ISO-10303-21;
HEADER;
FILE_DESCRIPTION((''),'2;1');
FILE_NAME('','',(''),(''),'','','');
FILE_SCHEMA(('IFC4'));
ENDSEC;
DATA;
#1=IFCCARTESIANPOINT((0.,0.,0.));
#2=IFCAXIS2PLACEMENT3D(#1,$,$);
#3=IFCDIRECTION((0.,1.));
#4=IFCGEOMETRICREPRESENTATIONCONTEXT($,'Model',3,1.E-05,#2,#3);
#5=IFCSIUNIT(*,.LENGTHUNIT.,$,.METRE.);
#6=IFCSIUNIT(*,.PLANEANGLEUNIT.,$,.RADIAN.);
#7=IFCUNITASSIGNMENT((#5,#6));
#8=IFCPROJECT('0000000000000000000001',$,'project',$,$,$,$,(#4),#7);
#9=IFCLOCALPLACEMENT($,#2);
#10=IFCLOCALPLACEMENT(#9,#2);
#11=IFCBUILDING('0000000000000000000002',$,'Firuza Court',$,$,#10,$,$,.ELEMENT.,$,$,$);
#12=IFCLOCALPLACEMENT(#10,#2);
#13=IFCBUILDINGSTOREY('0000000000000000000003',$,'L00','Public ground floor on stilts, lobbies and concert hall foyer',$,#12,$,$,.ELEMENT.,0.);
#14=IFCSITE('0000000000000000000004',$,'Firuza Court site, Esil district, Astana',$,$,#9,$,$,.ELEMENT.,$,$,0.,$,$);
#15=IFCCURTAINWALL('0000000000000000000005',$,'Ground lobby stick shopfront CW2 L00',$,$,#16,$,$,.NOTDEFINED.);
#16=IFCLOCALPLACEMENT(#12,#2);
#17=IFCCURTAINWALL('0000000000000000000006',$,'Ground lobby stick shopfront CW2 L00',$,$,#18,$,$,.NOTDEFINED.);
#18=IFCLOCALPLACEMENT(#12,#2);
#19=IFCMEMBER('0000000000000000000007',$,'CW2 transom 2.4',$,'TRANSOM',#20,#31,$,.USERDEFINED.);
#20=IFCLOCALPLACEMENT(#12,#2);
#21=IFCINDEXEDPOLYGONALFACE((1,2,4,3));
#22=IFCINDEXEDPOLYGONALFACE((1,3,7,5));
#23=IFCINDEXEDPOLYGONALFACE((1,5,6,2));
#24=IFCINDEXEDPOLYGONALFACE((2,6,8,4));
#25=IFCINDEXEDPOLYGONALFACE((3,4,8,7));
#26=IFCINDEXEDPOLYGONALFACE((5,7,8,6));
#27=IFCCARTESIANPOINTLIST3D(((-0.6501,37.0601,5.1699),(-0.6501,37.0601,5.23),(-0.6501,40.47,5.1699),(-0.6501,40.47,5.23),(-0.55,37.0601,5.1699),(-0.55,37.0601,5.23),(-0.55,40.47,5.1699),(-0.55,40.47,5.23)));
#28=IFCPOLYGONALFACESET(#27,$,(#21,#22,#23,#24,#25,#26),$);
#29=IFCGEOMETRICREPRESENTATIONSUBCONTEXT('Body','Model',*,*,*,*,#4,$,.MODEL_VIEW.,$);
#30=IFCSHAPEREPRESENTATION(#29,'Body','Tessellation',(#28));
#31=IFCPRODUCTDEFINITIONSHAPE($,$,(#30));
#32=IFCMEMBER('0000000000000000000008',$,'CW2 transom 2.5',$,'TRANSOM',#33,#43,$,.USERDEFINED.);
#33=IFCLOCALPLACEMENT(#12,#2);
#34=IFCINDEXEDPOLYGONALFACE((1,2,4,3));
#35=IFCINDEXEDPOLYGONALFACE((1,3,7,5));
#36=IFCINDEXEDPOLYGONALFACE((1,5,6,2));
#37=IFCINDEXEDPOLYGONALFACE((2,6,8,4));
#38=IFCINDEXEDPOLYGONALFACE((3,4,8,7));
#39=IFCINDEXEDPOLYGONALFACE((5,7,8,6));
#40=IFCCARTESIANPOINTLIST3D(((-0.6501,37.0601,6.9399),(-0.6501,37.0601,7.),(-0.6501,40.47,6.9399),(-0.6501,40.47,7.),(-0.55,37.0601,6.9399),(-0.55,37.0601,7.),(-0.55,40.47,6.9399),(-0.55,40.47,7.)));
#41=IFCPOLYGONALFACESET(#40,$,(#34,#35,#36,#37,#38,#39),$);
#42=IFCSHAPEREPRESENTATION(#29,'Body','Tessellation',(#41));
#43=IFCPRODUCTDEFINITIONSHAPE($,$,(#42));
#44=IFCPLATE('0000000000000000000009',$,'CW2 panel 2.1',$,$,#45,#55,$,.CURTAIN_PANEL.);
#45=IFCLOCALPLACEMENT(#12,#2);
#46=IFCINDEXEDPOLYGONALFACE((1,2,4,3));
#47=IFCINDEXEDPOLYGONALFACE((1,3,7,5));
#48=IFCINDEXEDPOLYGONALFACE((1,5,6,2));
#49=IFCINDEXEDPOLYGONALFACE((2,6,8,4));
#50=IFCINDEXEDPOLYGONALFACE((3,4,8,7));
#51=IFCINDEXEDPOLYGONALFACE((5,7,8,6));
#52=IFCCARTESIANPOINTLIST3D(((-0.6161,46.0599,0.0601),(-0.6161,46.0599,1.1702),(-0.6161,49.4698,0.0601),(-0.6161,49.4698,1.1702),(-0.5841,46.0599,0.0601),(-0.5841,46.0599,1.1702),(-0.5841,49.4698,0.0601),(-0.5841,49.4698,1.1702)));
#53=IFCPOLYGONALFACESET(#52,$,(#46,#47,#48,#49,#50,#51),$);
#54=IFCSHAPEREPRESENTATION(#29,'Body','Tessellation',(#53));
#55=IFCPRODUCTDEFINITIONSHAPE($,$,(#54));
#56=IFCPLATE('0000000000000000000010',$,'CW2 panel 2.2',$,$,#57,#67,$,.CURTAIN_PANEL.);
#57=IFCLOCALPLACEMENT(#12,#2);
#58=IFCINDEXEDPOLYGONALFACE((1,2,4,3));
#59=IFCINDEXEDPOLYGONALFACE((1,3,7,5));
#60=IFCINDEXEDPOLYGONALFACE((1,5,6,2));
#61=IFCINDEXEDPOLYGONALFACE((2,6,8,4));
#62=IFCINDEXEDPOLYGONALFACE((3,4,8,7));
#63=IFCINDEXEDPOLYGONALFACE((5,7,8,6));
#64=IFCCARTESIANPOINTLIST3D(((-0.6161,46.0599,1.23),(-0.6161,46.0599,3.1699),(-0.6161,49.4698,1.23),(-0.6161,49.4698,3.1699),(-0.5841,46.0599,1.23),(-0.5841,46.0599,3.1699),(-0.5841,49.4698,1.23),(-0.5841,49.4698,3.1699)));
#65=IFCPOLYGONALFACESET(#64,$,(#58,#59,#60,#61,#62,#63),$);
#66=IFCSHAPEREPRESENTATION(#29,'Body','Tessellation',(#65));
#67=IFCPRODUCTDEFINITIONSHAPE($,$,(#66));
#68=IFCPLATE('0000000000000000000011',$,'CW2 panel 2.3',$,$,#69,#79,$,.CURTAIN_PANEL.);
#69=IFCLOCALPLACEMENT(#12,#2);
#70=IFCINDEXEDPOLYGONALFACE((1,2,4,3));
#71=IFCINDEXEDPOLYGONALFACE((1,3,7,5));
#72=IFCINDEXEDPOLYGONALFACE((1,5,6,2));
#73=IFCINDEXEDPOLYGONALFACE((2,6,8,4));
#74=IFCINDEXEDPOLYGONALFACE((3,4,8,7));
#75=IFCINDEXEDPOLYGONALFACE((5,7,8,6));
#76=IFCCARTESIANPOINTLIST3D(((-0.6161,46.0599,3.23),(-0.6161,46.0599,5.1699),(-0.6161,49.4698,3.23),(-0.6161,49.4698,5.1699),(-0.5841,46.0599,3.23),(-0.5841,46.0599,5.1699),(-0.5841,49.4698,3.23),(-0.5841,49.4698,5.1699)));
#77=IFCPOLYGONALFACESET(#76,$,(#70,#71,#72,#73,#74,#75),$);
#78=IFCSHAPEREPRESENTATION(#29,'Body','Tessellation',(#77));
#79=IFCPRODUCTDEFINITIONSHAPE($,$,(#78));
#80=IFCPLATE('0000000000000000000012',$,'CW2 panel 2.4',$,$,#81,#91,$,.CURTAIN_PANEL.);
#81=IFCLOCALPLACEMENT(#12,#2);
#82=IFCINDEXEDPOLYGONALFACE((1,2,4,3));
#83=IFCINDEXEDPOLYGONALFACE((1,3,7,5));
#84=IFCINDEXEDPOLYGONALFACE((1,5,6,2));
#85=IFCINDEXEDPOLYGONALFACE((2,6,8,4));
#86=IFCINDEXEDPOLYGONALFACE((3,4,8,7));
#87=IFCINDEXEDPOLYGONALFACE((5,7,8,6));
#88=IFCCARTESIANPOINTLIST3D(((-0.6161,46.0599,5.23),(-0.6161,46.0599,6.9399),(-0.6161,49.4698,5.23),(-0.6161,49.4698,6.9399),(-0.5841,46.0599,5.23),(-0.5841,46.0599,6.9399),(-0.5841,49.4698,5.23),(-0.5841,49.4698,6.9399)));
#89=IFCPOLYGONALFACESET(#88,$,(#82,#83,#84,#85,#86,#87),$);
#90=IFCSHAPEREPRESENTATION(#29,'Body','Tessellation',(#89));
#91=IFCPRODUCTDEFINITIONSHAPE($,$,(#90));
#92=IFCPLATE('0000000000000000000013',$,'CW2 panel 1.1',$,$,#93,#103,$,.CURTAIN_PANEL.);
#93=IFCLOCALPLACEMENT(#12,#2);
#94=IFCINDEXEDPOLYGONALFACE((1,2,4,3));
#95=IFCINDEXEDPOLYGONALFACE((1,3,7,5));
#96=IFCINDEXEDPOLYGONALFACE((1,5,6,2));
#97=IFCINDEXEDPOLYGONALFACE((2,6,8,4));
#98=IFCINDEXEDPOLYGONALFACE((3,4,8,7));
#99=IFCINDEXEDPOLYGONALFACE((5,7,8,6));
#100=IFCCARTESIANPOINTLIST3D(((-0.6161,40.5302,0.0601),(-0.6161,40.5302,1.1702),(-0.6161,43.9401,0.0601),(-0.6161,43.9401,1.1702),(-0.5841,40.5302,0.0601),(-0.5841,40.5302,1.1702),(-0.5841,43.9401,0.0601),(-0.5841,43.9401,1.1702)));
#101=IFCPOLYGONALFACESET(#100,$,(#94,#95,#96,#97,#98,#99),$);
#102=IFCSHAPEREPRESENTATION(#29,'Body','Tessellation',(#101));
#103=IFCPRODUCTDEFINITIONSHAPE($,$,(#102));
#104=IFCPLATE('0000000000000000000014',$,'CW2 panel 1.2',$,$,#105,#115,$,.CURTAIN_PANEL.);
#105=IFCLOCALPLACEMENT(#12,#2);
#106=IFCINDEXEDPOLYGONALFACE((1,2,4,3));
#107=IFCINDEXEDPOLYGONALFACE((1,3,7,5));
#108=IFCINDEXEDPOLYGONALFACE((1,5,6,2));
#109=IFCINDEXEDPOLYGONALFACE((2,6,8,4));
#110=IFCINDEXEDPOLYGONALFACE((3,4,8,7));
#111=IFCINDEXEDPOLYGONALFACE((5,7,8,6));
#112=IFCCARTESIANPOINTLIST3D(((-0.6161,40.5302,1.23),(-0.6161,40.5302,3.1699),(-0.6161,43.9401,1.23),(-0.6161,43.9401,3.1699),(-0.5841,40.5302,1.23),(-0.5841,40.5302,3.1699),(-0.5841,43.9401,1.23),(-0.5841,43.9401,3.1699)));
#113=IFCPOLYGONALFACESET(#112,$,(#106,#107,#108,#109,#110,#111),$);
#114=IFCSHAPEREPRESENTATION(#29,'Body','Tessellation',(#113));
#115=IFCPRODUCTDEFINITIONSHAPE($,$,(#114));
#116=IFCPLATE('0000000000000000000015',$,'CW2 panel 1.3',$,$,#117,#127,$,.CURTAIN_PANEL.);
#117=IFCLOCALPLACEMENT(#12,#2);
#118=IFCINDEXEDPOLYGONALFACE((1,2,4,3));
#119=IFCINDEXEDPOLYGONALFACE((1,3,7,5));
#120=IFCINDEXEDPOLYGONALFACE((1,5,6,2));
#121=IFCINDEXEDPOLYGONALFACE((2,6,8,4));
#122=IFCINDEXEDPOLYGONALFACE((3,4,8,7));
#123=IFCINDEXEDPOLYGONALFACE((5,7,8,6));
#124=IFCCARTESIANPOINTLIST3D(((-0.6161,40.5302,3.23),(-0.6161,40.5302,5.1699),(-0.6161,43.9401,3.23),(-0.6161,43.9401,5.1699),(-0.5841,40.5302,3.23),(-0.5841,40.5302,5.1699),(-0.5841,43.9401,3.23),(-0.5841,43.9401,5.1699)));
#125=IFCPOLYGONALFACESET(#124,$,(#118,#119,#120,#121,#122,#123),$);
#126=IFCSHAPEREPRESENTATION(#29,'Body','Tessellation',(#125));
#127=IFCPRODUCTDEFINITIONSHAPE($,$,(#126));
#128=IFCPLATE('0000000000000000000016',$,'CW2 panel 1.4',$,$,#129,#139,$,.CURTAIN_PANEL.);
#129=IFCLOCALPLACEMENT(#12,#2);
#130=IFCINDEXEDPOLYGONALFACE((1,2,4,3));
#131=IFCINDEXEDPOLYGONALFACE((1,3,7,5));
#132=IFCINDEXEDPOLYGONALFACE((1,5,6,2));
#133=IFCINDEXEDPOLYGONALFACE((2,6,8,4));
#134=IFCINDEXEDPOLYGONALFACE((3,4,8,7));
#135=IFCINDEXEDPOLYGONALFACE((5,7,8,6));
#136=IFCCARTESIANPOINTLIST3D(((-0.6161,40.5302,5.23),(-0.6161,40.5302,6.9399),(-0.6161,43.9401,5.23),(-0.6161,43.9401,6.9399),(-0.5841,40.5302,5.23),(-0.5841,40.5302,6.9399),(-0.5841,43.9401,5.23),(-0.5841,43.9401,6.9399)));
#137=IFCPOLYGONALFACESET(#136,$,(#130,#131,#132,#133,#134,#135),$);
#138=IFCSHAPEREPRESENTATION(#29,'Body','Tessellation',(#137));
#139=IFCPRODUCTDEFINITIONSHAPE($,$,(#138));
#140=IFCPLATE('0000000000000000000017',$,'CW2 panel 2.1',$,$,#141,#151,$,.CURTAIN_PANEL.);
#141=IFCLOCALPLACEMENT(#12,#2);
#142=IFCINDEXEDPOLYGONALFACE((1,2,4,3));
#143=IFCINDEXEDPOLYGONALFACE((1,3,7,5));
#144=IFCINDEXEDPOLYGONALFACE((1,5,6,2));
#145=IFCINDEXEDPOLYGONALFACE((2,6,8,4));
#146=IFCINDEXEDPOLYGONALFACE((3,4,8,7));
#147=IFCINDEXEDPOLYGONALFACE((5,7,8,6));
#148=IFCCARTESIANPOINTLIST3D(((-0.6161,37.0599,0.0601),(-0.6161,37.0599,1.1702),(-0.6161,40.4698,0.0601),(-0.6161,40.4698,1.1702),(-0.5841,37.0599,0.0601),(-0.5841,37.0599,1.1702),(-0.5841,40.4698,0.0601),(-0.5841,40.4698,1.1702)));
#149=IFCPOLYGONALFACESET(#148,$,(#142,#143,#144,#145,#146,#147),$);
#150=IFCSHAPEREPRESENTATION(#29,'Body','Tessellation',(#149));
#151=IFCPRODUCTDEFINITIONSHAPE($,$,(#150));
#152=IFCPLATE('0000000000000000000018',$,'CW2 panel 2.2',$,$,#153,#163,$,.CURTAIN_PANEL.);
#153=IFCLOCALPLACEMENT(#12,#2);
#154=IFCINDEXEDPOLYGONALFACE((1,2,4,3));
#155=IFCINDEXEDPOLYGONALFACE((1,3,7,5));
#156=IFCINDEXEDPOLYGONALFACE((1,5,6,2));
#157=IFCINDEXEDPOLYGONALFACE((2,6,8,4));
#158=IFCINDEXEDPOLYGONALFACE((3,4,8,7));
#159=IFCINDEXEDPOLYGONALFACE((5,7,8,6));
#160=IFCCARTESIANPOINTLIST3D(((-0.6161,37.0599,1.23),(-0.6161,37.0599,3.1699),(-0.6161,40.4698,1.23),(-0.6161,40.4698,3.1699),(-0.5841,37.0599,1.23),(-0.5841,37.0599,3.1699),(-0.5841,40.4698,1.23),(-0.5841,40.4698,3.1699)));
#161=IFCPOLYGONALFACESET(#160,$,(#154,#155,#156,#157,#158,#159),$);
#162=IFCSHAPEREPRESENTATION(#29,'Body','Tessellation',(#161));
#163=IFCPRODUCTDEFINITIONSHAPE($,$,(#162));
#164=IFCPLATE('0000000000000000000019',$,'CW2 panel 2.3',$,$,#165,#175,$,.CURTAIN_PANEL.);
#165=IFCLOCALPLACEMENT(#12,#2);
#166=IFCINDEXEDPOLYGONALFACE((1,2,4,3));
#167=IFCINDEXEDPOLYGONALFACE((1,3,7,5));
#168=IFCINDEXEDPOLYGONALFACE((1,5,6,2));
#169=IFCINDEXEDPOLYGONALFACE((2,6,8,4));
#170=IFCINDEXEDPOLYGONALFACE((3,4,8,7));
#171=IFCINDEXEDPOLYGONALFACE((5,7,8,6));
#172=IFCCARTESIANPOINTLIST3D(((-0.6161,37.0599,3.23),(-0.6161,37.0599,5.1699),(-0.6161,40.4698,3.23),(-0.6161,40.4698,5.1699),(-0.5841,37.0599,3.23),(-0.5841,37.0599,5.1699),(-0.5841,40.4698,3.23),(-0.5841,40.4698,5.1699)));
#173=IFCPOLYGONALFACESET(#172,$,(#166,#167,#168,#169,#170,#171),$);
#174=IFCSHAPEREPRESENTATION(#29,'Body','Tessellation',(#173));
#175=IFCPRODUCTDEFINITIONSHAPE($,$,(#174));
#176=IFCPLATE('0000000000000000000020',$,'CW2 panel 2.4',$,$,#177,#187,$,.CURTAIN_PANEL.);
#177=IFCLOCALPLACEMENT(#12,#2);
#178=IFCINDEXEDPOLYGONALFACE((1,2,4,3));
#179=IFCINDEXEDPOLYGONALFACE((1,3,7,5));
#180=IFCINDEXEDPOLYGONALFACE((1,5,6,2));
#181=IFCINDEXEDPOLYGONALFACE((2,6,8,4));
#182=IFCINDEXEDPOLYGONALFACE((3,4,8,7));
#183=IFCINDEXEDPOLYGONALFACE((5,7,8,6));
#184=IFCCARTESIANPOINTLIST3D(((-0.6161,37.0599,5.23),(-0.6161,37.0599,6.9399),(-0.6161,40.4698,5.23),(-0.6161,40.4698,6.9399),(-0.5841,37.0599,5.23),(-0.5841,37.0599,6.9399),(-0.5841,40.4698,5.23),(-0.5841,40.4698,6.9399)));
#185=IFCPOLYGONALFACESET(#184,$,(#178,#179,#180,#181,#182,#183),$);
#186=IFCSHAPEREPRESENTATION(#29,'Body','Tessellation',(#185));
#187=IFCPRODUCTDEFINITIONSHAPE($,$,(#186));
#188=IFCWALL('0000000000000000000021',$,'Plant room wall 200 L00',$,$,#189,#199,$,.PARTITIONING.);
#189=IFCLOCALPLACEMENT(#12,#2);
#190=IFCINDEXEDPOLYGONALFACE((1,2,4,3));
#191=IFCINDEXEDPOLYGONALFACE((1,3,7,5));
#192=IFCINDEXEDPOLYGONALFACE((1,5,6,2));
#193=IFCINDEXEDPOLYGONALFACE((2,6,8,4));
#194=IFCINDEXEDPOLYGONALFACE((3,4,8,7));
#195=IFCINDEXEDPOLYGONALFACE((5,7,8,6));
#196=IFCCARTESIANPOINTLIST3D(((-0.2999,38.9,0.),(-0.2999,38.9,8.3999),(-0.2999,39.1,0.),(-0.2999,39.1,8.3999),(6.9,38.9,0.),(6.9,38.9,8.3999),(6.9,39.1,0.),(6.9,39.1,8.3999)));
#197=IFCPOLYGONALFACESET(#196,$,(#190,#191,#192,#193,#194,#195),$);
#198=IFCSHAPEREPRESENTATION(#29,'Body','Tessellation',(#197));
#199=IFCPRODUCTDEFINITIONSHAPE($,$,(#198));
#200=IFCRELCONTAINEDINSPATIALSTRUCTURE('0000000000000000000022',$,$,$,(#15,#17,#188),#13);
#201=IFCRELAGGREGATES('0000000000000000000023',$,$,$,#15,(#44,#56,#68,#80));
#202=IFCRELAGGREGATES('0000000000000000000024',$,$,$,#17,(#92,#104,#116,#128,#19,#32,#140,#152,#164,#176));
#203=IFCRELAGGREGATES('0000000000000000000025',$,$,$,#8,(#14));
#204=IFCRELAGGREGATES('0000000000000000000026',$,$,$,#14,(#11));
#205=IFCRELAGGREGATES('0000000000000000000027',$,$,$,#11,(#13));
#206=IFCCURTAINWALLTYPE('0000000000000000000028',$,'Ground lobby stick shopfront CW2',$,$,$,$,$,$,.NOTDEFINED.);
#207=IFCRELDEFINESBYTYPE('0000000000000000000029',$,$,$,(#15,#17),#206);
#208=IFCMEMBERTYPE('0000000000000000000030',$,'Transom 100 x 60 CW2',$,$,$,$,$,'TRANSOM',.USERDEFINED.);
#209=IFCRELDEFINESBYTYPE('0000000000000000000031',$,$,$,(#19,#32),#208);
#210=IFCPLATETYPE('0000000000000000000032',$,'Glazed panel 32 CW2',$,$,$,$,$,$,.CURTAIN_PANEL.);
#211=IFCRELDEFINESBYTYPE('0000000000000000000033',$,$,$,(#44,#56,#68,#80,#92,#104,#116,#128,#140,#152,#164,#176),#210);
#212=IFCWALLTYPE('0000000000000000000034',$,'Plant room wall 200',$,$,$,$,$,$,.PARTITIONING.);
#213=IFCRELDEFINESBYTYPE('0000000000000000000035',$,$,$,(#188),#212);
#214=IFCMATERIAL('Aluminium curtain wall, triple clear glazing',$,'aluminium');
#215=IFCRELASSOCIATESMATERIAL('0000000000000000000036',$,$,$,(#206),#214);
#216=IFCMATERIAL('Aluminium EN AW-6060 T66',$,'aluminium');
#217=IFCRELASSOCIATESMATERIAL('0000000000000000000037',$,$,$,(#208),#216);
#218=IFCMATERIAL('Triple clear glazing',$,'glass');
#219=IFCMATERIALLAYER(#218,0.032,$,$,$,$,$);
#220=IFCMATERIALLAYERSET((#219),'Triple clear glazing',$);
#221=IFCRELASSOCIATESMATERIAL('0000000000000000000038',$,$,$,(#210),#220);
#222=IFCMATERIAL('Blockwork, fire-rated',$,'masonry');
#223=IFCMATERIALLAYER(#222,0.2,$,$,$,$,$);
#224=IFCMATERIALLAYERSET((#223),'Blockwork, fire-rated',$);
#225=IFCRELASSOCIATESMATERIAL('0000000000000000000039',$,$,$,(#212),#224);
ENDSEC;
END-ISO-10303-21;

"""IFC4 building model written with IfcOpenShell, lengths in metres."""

from ifc_helpers import new_model, si_unit, direction, frame, frame_2d, origin, origin_2d, place, context, subcontext, project, spatial, rectangle, extrude, material, layer, layer_set, material_profile, profile_set, type_object, element, aggregate, save


model = new_model("IFC4")

# Units and contexts
model_context = context("Model", 3, precision=1e-05, world=origin(), true_north=direction((0.0, 1.0)))
body_context = subcontext(model_context, "Body", "Model", "MODEL_VIEW")
ifc_project = project(units=[si_unit("LENGTHUNIT", "METRE"), si_unit("PLANEANGLEUNIT", "RADIAN")], contexts=[model_context])

# Site, building, storey
site_placement = place(None, origin())
site = spatial("IfcSite", under=ifc_project, at=site_placement, Name="Firuza Court site, Esil district, Astana", CompositionType="ELEMENT", RefElevation=0.0)
building_placement = place(site_placement, origin())
building = spatial("IfcBuilding", under=site, at=building_placement, Name="Firuza Court", CompositionType="ELEMENT")
storey_placement = place(building_placement, origin())
storey = spatial("IfcBuildingStorey", under=building, at=storey_placement, Name="L00", Description="Public ground floor on stilts, lobbies and concert hall foyer", CompositionType="ELEMENT", Elevation=0.0)

# Curtain wall
ifc_material_1 = material(Name="Aluminium curtain wall, triple clear glazing", Category="aluminium")
curtain_wall_type = type_object("IfcCurtainWallType", Name="Ground lobby stick shopfront CW2", PredefinedType="NOTDEFINED", material=ifc_material_1)
curtain_wall_1_placement = place(storey_placement, origin())
curtain_wall_1 = element("IfcCurtainWall", 1, at=curtain_wall_1_placement, inside=storey, type_object=curtain_wall_type, Name="Ground lobby stick shopfront CW2 L00", PredefinedType="NOTDEFINED")

# Curtain wall
curtain_wall_2_placement = place(storey_placement, origin())
curtain_wall_2 = element("IfcCurtainWall", 2, at=curtain_wall_2_placement, inside=storey, type_object=curtain_wall_type, Name="Ground lobby stick shopfront CW2 L00", PredefinedType="NOTDEFINED")

# Members
ifc_material_2 = material(Name="Aluminium EN AW-6060 T66", Category="aluminium")
ifc_material_profile_1 = material_profile(ifc_material_2, rectangle(XDim=0.1001, YDim=0.0601, at=origin_2d()), Name="Transom 100 x 60 CW2")
ifc_profile_set_1 = profile_set([ifc_material_profile_1], Name="Aluminium EN AW-6060 T66")
member_type_1 = type_object("IfcMemberType", Name="Transom 100 x 60 CW2", ElementType="TRANSOM", PredefinedType="USERDEFINED", material=ifc_profile_set_1)
member_1_placement = place(storey_placement, frame((-0.6001, 40.47, 5.2), z_axis=(0.0, -1.0, 0.0), x_axis=(1.0, 0.0, 0.0)))
member_1 = element("IfcMember", 3, at=member_1_placement, type_object=member_type_1, Name="CW2 transom 2.4", ObjectType="TRANSOM", PredefinedType="USERDEFINED", context=body_context, shape_type="SweptSolid", body=[
    extrude(rectangle(XDim=0.1001, YDim=0.0601, at=origin_2d()), origin(), (0.0, 0.0, 1.0), 3.4099),
])
member_2_placement = place(storey_placement, frame((-0.6001, 40.47, 6.97), z_axis=(0.0, -1.0, 0.0), x_axis=(1.0, 0.0, 0.0)))
member_2 = element("IfcMember", 4, at=member_2_placement, type_object=member_type_1, Name="CW2 transom 2.5", ObjectType="TRANSOM", PredefinedType="USERDEFINED", context=body_context, shape_type="SweptSolid", body=[
    extrude(rectangle(XDim=0.1001, YDim=0.0601, at=origin_2d()), origin(), (0.0, 0.0, 1.0), 3.4099),
])

# Plates
ifc_material_3 = material(Name="Triple clear glazing", Category="glass")
ifc_layer_1 = layer(ifc_material_3, 0.032)
ifc_layer_set_1 = layer_set([ifc_layer_1], Name="Triple clear glazing")
plate_type = type_object("IfcPlateType", Name="Glazed panel 32 CW2", PredefinedType="CURTAIN_PANEL", material=ifc_layer_set_1)
plate_1_placement = place(storey_placement, frame((-0.6001, 47.7649, 0.0601), z_axis=(0.0, 0.0, 1.0), x_axis=(0.0, -1.0, 0.0)))
plate_1 = element("IfcPlate", 5, at=plate_1_placement, type_object=plate_type, Name="CW2 panel 2.1", PredefinedType="CURTAIN_PANEL", context=body_context, shape_type="SweptSolid", body=[
    extrude(rectangle(XDim=3.4099, YDim=0.032, at=origin_2d()), origin(), (0.0, 0.0, 1.0), 1.1101),
])
plate_2_placement = place(storey_placement, frame((-0.6001, 47.7649, 1.23), z_axis=(0.0, 0.0, 1.0), x_axis=(0.0, -1.0, 0.0)))
plate_2 = element("IfcPlate", 6, at=plate_2_placement, type_object=plate_type, Name="CW2 panel 2.2", PredefinedType="CURTAIN_PANEL", context=body_context, shape_type="SweptSolid", body=[
    extrude(rectangle(XDim=3.4099, YDim=0.032, at=origin_2d()), origin(), (0.0, 0.0, 1.0), 1.9399),
])
plate_3_placement = place(storey_placement, frame((-0.6001, 47.7649, 3.23), z_axis=(0.0, 0.0, 1.0), x_axis=(0.0, -1.0, 0.0)))
plate_3 = element("IfcPlate", 7, at=plate_3_placement, type_object=plate_type, Name="CW2 panel 2.3", PredefinedType="CURTAIN_PANEL", context=body_context, shape_type="SweptSolid", body=[
    extrude(rectangle(XDim=3.4099, YDim=0.032, at=origin_2d()), origin(), (0.0, 0.0, 1.0), 1.9399),
])
plate_4_placement = place(storey_placement, frame((-0.6001, 47.7649, 5.23), z_axis=(0.0, 0.0, 1.0), x_axis=(0.0, -1.0, 0.0)))
plate_4 = element("IfcPlate", 8, at=plate_4_placement, type_object=plate_type, Name="CW2 panel 2.4", PredefinedType="CURTAIN_PANEL", context=body_context, shape_type="SweptSolid", body=[
    extrude(rectangle(XDim=3.4099, YDim=0.032, at=origin_2d()), origin(), (0.0, 0.0, 1.0), 1.71),
])
aggregate(curtain_wall_1, [plate_1, plate_2, plate_3, plate_4])
plate_5_placement = place(storey_placement, frame((-0.6001, 42.2351, 0.0601), z_axis=(0.0, 0.0, 1.0), x_axis=(0.0, -1.0, 0.0)))
plate_5 = element("IfcPlate", 9, at=plate_5_placement, type_object=plate_type, Name="CW2 panel 1.1", PredefinedType="CURTAIN_PANEL", context=body_context, shape_type="SweptSolid", body=[
    extrude(rectangle(XDim=3.4099, YDim=0.032, at=origin_2d()), origin(), (0.0, 0.0, 1.0), 1.1101),
])
plate_6_placement = place(storey_placement, frame((-0.6001, 42.2351, 1.23), z_axis=(0.0, 0.0, 1.0), x_axis=(0.0, -1.0, 0.0)))
plate_6 = element("IfcPlate", 10, at=plate_6_placement, type_object=plate_type, Name="CW2 panel 1.2", PredefinedType="CURTAIN_PANEL", context=body_context, shape_type="SweptSolid", body=[
    extrude(rectangle(XDim=3.4099, YDim=0.032, at=origin_2d()), origin(), (0.0, 0.0, 1.0), 1.9399),
])
plate_7_placement = place(storey_placement, frame((-0.6001, 42.2351, 3.23), z_axis=(0.0, 0.0, 1.0), x_axis=(0.0, -1.0, 0.0)))
plate_7 = element("IfcPlate", 11, at=plate_7_placement, type_object=plate_type, Name="CW2 panel 1.3", PredefinedType="CURTAIN_PANEL", context=body_context, shape_type="SweptSolid", body=[
    extrude(rectangle(XDim=3.4099, YDim=0.032, at=origin_2d()), origin(), (0.0, 0.0, 1.0), 1.9399),
])
plate_8_placement = place(storey_placement, frame((-0.6001, 42.2351, 5.23), z_axis=(0.0, 0.0, 1.0), x_axis=(0.0, -1.0, 0.0)))
plate_8 = element("IfcPlate", 12, at=plate_8_placement, type_object=plate_type, Name="CW2 panel 1.4", PredefinedType="CURTAIN_PANEL", context=body_context, shape_type="SweptSolid", body=[
    extrude(rectangle(XDim=3.4099, YDim=0.032, at=origin_2d()), origin(), (0.0, 0.0, 1.0), 1.71),
])
plate_9_placement = place(storey_placement, frame((-0.6001, 38.7649, 0.0601), z_axis=(0.0, 0.0, 1.0), x_axis=(0.0, -1.0, 0.0)))
plate_9 = element("IfcPlate", 13, at=plate_9_placement, type_object=plate_type, Name="CW2 panel 2.1", PredefinedType="CURTAIN_PANEL", context=body_context, shape_type="SweptSolid", body=[
    extrude(rectangle(XDim=3.4099, YDim=0.032, at=origin_2d()), origin(), (0.0, 0.0, 1.0), 1.1101),
])
plate_10_placement = place(storey_placement, frame((-0.6001, 38.7649, 1.23), z_axis=(0.0, 0.0, 1.0), x_axis=(0.0, -1.0, 0.0)))
plate_10 = element("IfcPlate", 14, at=plate_10_placement, type_object=plate_type, Name="CW2 panel 2.2", PredefinedType="CURTAIN_PANEL", context=body_context, shape_type="SweptSolid", body=[
    extrude(rectangle(XDim=3.4099, YDim=0.032, at=origin_2d()), origin(), (0.0, 0.0, 1.0), 1.9399),
])
plate_11_placement = place(storey_placement, frame((-0.6001, 38.7649, 3.23), z_axis=(0.0, 0.0, 1.0), x_axis=(0.0, -1.0, 0.0)))
plate_11 = element("IfcPlate", 15, at=plate_11_placement, type_object=plate_type, Name="CW2 panel 2.3", PredefinedType="CURTAIN_PANEL", context=body_context, shape_type="SweptSolid", body=[
    extrude(rectangle(XDim=3.4099, YDim=0.032, at=origin_2d()), origin(), (0.0, 0.0, 1.0), 1.9399),
])
plate_12_placement = place(storey_placement, frame((-0.6001, 38.7649, 5.23), z_axis=(0.0, 0.0, 1.0), x_axis=(0.0, -1.0, 0.0)))
plate_12 = element("IfcPlate", 16, at=plate_12_placement, type_object=plate_type, Name="CW2 panel 2.4", PredefinedType="CURTAIN_PANEL", context=body_context, shape_type="SweptSolid", body=[
    extrude(rectangle(XDim=3.4099, YDim=0.032, at=origin_2d()), origin(), (0.0, 0.0, 1.0), 1.71),
])
aggregate(curtain_wall_2, [plate_5, plate_6, plate_7, plate_8, member_1, member_2, plate_9, plate_10, plate_11, plate_12])

# Wall
ifc_material_4 = material(Name="Blockwork, fire-rated", Category="masonry")
ifc_layer_2 = layer(ifc_material_4, 0.2)
ifc_layer_set_2 = layer_set([ifc_layer_2], Name="Blockwork, fire-rated")
wall_type = type_object("IfcWallType", Name="Plant room wall 200", PredefinedType="PARTITIONING", material=ifc_layer_set_2)
for number, where, z_axis, x_axis, name in (
    (17, (-0.3, 39.0, 0.0), (0.0, 0.0, 1.0), (1.0, 0.0, 0.0), "Plant room wall 200 L00"),
):
    element("IfcWall", number, at=place(storey_placement, frame(where, z_axis=z_axis, x_axis=x_axis)), inside=storey, type_object=wall_type, Name=name, PredefinedType="PARTITIONING", context=body_context, shape_type="SweptSolid", body=[
        extrude(rectangle(XDim=7.2, YDim=0.2, at=frame_2d((3.6001, 0.0))), origin(), (0.0, 0.0, 1.0), 8.3999),
    ])

save(model, "model.ifc")
